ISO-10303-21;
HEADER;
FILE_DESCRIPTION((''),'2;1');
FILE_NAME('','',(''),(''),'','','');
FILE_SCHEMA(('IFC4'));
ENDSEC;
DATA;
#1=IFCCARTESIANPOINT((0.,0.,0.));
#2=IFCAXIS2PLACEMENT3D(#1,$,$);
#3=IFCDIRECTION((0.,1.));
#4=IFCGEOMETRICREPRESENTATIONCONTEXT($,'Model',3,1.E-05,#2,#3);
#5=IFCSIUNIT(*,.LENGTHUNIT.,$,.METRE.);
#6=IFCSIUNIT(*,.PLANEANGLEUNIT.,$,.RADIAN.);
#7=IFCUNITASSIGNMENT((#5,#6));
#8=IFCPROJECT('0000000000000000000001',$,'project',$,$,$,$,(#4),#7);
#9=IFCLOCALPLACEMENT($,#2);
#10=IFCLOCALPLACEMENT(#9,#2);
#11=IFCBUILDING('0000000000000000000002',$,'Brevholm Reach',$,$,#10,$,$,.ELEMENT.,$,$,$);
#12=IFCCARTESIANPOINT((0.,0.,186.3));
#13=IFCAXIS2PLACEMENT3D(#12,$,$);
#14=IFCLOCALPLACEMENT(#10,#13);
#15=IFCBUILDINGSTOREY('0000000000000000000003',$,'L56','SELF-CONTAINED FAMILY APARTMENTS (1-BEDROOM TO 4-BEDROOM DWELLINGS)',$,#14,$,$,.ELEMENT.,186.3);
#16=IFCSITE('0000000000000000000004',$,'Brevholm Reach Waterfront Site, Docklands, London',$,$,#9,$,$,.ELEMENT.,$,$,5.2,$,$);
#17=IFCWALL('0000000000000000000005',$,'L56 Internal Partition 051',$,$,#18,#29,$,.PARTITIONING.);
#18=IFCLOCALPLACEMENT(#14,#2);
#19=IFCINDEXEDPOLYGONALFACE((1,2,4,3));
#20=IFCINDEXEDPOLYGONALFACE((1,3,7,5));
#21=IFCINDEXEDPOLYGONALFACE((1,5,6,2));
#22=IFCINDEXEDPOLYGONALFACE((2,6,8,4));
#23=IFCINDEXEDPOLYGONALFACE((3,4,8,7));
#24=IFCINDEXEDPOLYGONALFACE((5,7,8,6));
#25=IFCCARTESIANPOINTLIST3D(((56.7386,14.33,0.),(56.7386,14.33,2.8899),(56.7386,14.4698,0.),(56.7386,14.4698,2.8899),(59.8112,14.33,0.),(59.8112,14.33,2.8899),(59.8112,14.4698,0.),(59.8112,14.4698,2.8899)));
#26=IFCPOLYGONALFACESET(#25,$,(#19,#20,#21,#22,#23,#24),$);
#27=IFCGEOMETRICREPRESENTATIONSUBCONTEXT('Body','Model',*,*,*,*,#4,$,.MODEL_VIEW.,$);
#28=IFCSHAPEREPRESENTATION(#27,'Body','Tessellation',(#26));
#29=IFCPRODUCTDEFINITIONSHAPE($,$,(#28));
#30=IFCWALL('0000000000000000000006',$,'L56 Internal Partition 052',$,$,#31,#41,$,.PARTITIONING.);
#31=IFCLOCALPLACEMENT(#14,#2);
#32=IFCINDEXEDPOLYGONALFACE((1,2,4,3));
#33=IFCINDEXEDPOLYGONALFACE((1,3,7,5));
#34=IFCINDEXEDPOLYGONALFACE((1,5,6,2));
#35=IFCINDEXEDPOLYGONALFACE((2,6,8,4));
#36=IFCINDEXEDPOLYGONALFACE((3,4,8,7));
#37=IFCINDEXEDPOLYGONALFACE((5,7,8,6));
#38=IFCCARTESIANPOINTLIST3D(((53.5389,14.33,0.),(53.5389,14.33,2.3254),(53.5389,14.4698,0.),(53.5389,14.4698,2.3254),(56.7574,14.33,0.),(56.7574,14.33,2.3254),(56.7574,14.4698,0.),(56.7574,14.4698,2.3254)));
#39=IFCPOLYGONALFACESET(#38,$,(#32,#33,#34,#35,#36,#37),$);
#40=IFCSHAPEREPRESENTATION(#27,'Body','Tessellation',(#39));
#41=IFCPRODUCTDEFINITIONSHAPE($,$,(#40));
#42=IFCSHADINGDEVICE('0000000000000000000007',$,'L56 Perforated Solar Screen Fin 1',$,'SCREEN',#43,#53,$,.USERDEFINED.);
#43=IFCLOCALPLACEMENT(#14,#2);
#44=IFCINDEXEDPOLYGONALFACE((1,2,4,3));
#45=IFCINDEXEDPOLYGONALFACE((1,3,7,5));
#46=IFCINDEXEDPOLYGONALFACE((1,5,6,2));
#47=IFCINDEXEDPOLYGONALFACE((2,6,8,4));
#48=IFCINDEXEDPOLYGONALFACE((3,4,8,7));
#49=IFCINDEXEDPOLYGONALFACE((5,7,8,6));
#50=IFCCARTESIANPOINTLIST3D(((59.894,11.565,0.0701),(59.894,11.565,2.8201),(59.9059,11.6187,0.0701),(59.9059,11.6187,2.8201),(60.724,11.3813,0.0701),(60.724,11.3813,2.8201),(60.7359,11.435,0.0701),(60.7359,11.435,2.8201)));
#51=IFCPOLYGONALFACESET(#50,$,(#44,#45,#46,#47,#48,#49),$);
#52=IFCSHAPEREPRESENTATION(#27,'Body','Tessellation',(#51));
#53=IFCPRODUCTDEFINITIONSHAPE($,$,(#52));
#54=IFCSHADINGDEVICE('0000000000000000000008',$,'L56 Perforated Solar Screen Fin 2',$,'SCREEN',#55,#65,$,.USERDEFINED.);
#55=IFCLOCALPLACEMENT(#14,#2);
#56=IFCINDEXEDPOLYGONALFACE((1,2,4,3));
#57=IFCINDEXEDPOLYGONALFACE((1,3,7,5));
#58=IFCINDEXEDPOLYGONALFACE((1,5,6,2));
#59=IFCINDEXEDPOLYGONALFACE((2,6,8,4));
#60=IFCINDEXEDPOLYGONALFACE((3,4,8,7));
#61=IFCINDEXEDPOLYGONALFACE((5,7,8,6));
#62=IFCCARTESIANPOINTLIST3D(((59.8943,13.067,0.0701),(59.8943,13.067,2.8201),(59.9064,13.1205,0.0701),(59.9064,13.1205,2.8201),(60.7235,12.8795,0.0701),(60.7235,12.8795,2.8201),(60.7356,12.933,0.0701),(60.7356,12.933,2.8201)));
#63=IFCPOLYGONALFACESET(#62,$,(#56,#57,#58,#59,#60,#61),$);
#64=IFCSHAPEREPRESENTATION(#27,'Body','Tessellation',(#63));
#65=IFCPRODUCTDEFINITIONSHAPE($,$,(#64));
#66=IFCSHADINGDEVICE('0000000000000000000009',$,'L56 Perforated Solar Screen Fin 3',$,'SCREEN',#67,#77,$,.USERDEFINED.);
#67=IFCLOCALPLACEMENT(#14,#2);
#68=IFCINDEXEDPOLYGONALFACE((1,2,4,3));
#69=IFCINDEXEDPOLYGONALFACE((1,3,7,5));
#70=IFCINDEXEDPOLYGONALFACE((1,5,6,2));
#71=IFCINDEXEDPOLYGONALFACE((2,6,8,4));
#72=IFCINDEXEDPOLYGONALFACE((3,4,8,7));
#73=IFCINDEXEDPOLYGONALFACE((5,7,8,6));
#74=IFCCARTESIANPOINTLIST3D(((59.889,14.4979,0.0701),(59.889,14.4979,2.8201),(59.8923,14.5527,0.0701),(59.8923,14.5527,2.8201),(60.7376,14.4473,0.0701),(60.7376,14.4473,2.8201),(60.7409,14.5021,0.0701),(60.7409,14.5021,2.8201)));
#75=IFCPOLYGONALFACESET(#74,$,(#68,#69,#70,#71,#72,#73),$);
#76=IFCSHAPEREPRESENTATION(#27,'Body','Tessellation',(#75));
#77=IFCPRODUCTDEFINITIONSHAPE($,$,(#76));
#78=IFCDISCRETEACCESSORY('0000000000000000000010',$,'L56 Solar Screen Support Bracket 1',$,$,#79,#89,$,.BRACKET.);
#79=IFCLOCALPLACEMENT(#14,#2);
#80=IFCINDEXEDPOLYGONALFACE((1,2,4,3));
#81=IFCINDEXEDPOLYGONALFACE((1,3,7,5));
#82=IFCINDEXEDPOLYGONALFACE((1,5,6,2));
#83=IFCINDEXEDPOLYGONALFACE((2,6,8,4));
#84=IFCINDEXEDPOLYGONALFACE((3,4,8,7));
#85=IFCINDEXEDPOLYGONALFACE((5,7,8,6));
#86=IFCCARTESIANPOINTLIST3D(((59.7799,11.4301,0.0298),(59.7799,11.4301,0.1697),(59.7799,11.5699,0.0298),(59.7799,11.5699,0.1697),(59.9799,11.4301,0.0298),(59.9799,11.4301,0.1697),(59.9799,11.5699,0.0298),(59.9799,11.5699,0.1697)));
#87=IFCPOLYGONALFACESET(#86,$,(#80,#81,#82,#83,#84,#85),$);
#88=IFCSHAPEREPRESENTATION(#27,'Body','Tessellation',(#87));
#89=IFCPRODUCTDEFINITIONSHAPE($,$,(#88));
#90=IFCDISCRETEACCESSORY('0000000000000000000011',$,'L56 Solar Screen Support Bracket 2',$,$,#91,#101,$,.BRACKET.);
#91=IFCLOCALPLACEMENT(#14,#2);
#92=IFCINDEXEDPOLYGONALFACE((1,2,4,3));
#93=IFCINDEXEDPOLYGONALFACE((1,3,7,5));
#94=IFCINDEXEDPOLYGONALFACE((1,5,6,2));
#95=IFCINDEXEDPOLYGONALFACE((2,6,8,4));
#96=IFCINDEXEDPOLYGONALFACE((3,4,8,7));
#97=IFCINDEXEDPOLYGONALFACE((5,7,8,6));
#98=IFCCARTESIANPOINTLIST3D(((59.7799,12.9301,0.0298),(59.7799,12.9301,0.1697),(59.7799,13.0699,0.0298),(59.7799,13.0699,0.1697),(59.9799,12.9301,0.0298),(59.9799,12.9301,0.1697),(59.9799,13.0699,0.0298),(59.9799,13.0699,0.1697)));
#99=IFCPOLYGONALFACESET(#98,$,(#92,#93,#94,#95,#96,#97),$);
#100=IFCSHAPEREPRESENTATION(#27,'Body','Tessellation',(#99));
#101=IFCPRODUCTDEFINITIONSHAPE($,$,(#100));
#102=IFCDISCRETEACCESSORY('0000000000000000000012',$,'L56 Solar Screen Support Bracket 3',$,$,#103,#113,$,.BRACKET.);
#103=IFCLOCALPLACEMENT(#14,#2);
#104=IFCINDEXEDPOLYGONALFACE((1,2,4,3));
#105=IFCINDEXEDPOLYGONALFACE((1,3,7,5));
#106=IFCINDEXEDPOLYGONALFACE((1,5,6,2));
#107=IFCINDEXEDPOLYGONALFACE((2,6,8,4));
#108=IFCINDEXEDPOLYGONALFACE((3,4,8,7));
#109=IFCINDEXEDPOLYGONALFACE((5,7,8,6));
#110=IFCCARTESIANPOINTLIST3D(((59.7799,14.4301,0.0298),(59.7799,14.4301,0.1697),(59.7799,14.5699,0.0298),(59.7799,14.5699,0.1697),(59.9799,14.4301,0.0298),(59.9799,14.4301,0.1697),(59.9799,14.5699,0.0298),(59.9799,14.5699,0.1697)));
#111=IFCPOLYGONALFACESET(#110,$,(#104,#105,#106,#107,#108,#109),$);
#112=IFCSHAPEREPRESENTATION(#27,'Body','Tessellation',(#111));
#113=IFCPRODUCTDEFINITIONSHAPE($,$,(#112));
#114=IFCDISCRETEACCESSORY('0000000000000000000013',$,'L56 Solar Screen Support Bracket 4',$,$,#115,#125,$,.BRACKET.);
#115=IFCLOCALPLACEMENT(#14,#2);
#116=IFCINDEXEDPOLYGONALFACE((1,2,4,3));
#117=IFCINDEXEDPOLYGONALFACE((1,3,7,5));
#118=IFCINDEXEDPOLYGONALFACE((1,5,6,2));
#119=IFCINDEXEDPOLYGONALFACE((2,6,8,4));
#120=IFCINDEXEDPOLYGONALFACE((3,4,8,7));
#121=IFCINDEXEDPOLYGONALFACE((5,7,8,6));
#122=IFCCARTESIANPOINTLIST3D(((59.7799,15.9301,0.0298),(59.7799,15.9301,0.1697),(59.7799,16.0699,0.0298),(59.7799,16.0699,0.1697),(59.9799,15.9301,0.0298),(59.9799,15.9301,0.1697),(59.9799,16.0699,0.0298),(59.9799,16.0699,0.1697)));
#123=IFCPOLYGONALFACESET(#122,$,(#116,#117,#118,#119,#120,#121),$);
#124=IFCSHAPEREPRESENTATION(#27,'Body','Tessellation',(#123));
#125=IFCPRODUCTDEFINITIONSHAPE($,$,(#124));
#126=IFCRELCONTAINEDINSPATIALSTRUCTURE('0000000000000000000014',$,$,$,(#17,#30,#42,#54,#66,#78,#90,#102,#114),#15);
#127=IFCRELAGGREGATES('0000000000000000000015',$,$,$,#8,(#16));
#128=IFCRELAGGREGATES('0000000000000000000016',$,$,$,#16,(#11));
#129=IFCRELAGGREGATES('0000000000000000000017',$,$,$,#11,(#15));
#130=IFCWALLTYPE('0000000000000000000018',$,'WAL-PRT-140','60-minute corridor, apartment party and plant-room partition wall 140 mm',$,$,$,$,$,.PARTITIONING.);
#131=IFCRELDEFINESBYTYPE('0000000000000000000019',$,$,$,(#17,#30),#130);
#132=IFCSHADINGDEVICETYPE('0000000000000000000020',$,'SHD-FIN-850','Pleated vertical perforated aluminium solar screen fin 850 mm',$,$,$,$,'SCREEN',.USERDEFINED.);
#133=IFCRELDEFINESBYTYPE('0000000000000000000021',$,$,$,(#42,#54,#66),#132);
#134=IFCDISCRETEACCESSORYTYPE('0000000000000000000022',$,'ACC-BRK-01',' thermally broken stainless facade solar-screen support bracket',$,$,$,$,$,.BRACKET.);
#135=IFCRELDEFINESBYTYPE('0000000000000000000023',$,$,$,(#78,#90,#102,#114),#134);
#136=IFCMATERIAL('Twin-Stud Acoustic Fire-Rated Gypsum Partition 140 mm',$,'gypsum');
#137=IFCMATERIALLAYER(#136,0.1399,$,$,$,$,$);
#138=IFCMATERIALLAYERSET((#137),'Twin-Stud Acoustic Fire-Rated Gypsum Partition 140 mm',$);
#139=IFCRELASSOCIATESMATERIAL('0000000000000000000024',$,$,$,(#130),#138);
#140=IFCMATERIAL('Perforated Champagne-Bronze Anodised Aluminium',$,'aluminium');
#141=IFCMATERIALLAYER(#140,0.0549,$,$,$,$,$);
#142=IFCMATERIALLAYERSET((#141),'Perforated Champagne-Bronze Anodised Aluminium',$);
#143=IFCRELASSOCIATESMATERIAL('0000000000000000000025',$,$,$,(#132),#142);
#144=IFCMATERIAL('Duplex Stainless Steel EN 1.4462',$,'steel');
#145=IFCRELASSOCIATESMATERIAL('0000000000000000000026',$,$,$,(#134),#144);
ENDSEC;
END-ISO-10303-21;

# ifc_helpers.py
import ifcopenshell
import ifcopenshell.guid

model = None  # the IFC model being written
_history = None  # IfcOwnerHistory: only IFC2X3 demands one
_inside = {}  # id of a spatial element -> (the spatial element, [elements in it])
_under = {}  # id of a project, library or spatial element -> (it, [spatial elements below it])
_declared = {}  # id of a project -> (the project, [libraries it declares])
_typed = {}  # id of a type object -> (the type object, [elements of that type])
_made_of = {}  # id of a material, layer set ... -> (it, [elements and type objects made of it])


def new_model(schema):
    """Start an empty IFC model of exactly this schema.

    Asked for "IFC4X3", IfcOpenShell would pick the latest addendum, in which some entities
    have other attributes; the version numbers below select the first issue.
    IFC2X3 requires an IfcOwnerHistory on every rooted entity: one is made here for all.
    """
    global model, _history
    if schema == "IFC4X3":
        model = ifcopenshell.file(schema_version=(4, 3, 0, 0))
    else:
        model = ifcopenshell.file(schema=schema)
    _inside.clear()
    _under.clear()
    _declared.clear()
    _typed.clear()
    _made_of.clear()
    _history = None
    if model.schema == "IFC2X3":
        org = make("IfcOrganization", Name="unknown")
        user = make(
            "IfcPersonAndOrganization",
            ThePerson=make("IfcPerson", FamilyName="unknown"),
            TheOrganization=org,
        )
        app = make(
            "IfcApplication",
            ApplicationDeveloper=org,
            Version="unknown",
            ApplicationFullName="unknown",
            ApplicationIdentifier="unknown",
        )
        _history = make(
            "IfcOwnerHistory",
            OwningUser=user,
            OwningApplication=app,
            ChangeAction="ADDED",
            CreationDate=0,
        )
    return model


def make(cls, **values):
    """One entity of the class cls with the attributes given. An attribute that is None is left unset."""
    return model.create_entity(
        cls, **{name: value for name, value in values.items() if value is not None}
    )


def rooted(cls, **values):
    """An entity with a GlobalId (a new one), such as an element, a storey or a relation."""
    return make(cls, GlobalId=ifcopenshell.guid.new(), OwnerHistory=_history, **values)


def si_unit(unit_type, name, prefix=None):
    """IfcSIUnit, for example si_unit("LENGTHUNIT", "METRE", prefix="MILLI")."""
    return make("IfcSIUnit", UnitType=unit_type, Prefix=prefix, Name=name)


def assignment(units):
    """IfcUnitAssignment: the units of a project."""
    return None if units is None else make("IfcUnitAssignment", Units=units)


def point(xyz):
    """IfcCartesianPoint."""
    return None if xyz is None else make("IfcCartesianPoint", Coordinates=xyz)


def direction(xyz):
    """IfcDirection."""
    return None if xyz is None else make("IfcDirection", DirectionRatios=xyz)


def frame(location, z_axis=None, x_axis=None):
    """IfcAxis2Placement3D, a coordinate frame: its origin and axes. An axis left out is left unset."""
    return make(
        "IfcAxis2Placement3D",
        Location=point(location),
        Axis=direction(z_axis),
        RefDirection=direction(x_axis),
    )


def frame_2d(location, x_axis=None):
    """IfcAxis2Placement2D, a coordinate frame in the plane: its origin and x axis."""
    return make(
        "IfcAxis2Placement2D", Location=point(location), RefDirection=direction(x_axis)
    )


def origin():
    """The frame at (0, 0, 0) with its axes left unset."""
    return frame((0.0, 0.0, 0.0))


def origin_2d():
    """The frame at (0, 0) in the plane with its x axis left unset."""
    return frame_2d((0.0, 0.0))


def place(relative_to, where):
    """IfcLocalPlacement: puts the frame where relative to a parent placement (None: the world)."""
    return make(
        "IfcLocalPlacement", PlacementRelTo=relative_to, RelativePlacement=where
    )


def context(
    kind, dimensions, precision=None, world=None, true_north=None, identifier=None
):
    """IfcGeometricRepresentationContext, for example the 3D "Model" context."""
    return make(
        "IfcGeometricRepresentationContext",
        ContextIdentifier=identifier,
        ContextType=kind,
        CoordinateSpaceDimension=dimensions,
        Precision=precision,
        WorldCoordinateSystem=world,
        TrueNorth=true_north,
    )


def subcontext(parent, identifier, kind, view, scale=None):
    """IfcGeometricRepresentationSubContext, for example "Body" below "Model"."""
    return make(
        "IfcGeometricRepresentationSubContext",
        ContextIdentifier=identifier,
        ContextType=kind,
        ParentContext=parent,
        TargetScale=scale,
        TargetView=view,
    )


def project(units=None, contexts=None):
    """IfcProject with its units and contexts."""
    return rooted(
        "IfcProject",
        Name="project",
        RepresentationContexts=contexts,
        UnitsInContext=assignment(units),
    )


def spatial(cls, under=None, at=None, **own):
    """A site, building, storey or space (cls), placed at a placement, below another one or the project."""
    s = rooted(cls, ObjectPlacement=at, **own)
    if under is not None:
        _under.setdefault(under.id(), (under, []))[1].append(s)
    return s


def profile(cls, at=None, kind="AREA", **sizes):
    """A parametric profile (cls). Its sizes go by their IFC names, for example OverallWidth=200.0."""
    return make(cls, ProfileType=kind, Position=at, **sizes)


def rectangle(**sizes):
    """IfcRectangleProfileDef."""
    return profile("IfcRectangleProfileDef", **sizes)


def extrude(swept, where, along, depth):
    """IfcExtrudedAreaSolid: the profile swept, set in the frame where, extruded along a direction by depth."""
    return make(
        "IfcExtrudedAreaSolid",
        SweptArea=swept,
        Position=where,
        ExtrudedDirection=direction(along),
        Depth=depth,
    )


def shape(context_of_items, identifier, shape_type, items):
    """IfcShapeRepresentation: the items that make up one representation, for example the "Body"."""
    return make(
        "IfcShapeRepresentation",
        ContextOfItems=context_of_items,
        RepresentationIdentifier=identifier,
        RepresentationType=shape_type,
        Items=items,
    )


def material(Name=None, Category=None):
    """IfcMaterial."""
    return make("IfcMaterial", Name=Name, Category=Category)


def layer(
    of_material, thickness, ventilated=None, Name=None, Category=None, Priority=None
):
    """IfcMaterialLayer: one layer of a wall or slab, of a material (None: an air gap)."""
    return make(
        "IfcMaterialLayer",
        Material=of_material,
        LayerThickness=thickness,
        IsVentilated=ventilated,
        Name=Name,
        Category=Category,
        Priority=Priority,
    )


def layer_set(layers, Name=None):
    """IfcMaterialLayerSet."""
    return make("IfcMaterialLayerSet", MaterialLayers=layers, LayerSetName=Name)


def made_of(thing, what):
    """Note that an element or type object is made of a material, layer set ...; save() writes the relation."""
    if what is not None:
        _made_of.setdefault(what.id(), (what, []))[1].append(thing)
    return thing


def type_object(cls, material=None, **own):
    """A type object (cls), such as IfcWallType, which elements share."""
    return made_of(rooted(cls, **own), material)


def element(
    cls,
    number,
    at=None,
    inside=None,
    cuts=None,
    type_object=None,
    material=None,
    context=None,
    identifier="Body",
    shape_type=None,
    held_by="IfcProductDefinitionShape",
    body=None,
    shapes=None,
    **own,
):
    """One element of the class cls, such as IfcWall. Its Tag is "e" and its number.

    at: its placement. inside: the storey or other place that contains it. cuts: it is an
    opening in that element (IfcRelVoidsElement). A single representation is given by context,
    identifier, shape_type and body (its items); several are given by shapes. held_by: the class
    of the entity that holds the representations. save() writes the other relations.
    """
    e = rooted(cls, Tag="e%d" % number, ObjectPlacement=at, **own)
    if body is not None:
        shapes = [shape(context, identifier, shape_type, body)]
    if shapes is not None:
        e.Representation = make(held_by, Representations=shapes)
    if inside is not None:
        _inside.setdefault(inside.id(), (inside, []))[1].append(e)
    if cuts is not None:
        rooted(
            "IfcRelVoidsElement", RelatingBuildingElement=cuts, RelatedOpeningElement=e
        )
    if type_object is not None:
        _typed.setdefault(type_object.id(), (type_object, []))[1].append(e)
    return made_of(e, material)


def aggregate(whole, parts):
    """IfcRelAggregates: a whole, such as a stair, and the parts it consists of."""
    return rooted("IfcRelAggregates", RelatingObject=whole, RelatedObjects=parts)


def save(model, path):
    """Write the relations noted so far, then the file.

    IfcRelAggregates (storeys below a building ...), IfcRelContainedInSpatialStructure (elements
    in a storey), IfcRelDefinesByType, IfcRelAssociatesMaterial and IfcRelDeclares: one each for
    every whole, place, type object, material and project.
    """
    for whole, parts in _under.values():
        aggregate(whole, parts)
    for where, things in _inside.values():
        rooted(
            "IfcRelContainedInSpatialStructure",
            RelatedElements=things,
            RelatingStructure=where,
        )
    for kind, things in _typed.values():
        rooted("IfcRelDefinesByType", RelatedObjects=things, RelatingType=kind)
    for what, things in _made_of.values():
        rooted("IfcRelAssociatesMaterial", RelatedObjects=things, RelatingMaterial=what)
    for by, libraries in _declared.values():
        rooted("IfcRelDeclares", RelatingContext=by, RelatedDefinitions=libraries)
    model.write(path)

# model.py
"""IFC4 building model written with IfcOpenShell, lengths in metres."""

from ifc_helpers import new_model, si_unit, direction, frame, frame_2d, origin, origin_2d, place, context, subcontext, project, spatial, rectangle, extrude, material, layer, layer_set, type_object, element, save


model = new_model("IFC4")

# Units and contexts
model_context = context("Model", 3, precision=1e-05, world=origin(), true_north=direction((0.0, 1.0)))
body_context = subcontext(model_context, "Body", "Model", "MODEL_VIEW")
ifc_project = project(units=[si_unit("LENGTHUNIT", "METRE"), si_unit("PLANEANGLEUNIT", "RADIAN")], contexts=[model_context])

# Site, building, storey
site_placement = place(None, origin())
site = spatial("IfcSite", under=ifc_project, at=site_placement, Name="Brevholm Reach Waterfront Site, Docklands, London", CompositionType="ELEMENT", RefElevation=5.2)
building_placement = place(site_placement, origin())
building = spatial("IfcBuilding", under=site, at=building_placement, Name="Brevholm Reach", CompositionType="ELEMENT")
storey_placement = place(building_placement, frame((0.0, 0.0, 186.3)))
storey = spatial("IfcBuildingStorey", under=building, at=storey_placement, Name="L56", Description="SELF-CONTAINED FAMILY APARTMENTS (1-BEDROOM TO 4-BEDROOM DWELLINGS)", CompositionType="ELEMENT", Elevation=186.3)

# Walls
ifc_material_1 = material(Name="Twin-Stud Acoustic Fire-Rated Gypsum Partition 140 mm", Category="gypsum")
ifc_layer_1 = layer(ifc_material_1, 0.1399)
ifc_layer_set_1 = layer_set([ifc_layer_1], Name="Twin-Stud Acoustic Fire-Rated Gypsum Partition 140 mm")
wall_type_1 = type_object("IfcWallType", Name="WAL-PRT-140", Description="60-minute corridor, apartment party and plant-room partition wall 140 mm", PredefinedType="PARTITIONING", material=ifc_layer_set_1)
wall_1_placement = place(storey_placement, frame((56.7388, 14.3999, 0.0), z_axis=(0.0, 0.0, 1.0), x_axis=(1.0, 0.0, 0.0)))
element("IfcWall", 1, at=wall_1_placement, inside=storey, type_object=wall_type_1, Name="L56 Internal Partition 051", PredefinedType="PARTITIONING", context=body_context, shape_type="SweptSolid", body=[
    extrude(rectangle(XDim=3.0725, YDim=0.1399, at=frame_2d((1.5361, 0.0))), origin(), (0.0, 0.0, 1.0), 2.8899),
])
wall_2_placement = place(storey_placement, frame((53.5388, 14.3999, 0.0), z_axis=(0.0, 0.0, 1.0), x_axis=(1.0, 0.0, 0.0)))
element("IfcWall", 2, at=wall_2_placement, inside=storey, type_object=wall_type_1, Name="L56 Internal Partition 052", PredefinedType="PARTITIONING", context=body_context, shape_type="SweptSolid", body=[
    extrude(rectangle(XDim=3.2185, YDim=0.1399, at=frame_2d((1.6094, 0.0))), origin(), (0.0, 0.0, 1.0), 2.3254),
])

# Shading devices
ifc_material_2 = material(Name="Perforated Champagne-Bronze Anodised Aluminium", Category="aluminium")
ifc_layer_2 = layer(ifc_material_2, 0.0549)
ifc_layer_set_2 = layer_set([ifc_layer_2], Name="Perforated Champagne-Bronze Anodised Aluminium")
shading_device_type = type_object("IfcShadingDeviceType", Name="SHD-FIN-850", Description="Pleated vertical perforated aluminium solar screen fin 850 mm", ElementType="SCREEN", PredefinedType="USERDEFINED", material=ifc_layer_set_2)
for number, where, z_axis, x_axis, name in (
    (3, (60.3149, 11.5, 0.0701), (0.0, 0.0, 1.0), (0.976371, -0.216099, 0.0), "L56 Perforated Solar Screen Fin 1"),
    (4, (60.3149, 13.0, 0.0701), (0.0, 0.0, 1.0), (0.975373, -0.220561, 0.0), "L56 Perforated Solar Screen Fin 2"),
    (5, (60.3149, 14.5, 0.0701), (0.0, 0.0, 1.0), (0.99823, -0.059463, 0.0), "L56 Perforated Solar Screen Fin 3"),
):
    element("IfcShadingDevice", number, at=place(storey_placement, frame(where, z_axis=z_axis, x_axis=x_axis)), inside=storey, type_object=shading_device_type, Name=name, ObjectType="SCREEN", PredefinedType="USERDEFINED", context=body_context, shape_type="SweptSolid", body=[
        extrude(rectangle(XDim=0.8501, YDim=0.0549, at=origin_2d()), origin(), (0.0, 0.0, 1.0), 2.75),
    ])

# Discrete accessories
ifc_material_3 = material(Name="Duplex Stainless Steel EN 1.4462", Category="steel")
discrete_accessory_type = type_object("IfcDiscreteAccessoryType", Name="ACC-BRK-01", Description=" thermally broken stainless facade solar-screen support bracket", PredefinedType="BRACKET", material=ifc_material_3)
for number, where, z_axis, x_axis, name in (
    (6, (59.8799, 11.5, 0.0298), (0.0, 0.0, 1.0), (1.0, 0.0, 0.0), "L56 Solar Screen Support Bracket 1"),
    (7, (59.8799, 13.0, 0.0298), (0.0, 0.0, 1.0), (1.0, 0.0, 0.0), "L56 Solar Screen Support Bracket 2"),
    (8, (59.8799, 14.5, 0.0298), (0.0, 0.0, 1.0), (1.0, 0.0, 0.0), "L56 Solar Screen Support Bracket 3"),
    (9, (59.8799, 16.0, 0.0298), (0.0, 0.0, 1.0), (1.0, 0.0, 0.0), "L56 Solar Screen Support Bracket 4"),
):
    element("IfcDiscreteAccessory", number, at=place(storey_placement, frame(where, z_axis=z_axis, x_axis=x_axis)), inside=storey, type_object=discrete_accessory_type, Name=name, PredefinedType="BRACKET", context=body_context, shape_type="SweptSolid", body=[
        extrude(rectangle(XDim=0.2, YDim=0.1399, at=origin_2d()), origin(), (0.0, 0.0, 1.0), 0.1399),
    ])

save(model, "model.ifc")
